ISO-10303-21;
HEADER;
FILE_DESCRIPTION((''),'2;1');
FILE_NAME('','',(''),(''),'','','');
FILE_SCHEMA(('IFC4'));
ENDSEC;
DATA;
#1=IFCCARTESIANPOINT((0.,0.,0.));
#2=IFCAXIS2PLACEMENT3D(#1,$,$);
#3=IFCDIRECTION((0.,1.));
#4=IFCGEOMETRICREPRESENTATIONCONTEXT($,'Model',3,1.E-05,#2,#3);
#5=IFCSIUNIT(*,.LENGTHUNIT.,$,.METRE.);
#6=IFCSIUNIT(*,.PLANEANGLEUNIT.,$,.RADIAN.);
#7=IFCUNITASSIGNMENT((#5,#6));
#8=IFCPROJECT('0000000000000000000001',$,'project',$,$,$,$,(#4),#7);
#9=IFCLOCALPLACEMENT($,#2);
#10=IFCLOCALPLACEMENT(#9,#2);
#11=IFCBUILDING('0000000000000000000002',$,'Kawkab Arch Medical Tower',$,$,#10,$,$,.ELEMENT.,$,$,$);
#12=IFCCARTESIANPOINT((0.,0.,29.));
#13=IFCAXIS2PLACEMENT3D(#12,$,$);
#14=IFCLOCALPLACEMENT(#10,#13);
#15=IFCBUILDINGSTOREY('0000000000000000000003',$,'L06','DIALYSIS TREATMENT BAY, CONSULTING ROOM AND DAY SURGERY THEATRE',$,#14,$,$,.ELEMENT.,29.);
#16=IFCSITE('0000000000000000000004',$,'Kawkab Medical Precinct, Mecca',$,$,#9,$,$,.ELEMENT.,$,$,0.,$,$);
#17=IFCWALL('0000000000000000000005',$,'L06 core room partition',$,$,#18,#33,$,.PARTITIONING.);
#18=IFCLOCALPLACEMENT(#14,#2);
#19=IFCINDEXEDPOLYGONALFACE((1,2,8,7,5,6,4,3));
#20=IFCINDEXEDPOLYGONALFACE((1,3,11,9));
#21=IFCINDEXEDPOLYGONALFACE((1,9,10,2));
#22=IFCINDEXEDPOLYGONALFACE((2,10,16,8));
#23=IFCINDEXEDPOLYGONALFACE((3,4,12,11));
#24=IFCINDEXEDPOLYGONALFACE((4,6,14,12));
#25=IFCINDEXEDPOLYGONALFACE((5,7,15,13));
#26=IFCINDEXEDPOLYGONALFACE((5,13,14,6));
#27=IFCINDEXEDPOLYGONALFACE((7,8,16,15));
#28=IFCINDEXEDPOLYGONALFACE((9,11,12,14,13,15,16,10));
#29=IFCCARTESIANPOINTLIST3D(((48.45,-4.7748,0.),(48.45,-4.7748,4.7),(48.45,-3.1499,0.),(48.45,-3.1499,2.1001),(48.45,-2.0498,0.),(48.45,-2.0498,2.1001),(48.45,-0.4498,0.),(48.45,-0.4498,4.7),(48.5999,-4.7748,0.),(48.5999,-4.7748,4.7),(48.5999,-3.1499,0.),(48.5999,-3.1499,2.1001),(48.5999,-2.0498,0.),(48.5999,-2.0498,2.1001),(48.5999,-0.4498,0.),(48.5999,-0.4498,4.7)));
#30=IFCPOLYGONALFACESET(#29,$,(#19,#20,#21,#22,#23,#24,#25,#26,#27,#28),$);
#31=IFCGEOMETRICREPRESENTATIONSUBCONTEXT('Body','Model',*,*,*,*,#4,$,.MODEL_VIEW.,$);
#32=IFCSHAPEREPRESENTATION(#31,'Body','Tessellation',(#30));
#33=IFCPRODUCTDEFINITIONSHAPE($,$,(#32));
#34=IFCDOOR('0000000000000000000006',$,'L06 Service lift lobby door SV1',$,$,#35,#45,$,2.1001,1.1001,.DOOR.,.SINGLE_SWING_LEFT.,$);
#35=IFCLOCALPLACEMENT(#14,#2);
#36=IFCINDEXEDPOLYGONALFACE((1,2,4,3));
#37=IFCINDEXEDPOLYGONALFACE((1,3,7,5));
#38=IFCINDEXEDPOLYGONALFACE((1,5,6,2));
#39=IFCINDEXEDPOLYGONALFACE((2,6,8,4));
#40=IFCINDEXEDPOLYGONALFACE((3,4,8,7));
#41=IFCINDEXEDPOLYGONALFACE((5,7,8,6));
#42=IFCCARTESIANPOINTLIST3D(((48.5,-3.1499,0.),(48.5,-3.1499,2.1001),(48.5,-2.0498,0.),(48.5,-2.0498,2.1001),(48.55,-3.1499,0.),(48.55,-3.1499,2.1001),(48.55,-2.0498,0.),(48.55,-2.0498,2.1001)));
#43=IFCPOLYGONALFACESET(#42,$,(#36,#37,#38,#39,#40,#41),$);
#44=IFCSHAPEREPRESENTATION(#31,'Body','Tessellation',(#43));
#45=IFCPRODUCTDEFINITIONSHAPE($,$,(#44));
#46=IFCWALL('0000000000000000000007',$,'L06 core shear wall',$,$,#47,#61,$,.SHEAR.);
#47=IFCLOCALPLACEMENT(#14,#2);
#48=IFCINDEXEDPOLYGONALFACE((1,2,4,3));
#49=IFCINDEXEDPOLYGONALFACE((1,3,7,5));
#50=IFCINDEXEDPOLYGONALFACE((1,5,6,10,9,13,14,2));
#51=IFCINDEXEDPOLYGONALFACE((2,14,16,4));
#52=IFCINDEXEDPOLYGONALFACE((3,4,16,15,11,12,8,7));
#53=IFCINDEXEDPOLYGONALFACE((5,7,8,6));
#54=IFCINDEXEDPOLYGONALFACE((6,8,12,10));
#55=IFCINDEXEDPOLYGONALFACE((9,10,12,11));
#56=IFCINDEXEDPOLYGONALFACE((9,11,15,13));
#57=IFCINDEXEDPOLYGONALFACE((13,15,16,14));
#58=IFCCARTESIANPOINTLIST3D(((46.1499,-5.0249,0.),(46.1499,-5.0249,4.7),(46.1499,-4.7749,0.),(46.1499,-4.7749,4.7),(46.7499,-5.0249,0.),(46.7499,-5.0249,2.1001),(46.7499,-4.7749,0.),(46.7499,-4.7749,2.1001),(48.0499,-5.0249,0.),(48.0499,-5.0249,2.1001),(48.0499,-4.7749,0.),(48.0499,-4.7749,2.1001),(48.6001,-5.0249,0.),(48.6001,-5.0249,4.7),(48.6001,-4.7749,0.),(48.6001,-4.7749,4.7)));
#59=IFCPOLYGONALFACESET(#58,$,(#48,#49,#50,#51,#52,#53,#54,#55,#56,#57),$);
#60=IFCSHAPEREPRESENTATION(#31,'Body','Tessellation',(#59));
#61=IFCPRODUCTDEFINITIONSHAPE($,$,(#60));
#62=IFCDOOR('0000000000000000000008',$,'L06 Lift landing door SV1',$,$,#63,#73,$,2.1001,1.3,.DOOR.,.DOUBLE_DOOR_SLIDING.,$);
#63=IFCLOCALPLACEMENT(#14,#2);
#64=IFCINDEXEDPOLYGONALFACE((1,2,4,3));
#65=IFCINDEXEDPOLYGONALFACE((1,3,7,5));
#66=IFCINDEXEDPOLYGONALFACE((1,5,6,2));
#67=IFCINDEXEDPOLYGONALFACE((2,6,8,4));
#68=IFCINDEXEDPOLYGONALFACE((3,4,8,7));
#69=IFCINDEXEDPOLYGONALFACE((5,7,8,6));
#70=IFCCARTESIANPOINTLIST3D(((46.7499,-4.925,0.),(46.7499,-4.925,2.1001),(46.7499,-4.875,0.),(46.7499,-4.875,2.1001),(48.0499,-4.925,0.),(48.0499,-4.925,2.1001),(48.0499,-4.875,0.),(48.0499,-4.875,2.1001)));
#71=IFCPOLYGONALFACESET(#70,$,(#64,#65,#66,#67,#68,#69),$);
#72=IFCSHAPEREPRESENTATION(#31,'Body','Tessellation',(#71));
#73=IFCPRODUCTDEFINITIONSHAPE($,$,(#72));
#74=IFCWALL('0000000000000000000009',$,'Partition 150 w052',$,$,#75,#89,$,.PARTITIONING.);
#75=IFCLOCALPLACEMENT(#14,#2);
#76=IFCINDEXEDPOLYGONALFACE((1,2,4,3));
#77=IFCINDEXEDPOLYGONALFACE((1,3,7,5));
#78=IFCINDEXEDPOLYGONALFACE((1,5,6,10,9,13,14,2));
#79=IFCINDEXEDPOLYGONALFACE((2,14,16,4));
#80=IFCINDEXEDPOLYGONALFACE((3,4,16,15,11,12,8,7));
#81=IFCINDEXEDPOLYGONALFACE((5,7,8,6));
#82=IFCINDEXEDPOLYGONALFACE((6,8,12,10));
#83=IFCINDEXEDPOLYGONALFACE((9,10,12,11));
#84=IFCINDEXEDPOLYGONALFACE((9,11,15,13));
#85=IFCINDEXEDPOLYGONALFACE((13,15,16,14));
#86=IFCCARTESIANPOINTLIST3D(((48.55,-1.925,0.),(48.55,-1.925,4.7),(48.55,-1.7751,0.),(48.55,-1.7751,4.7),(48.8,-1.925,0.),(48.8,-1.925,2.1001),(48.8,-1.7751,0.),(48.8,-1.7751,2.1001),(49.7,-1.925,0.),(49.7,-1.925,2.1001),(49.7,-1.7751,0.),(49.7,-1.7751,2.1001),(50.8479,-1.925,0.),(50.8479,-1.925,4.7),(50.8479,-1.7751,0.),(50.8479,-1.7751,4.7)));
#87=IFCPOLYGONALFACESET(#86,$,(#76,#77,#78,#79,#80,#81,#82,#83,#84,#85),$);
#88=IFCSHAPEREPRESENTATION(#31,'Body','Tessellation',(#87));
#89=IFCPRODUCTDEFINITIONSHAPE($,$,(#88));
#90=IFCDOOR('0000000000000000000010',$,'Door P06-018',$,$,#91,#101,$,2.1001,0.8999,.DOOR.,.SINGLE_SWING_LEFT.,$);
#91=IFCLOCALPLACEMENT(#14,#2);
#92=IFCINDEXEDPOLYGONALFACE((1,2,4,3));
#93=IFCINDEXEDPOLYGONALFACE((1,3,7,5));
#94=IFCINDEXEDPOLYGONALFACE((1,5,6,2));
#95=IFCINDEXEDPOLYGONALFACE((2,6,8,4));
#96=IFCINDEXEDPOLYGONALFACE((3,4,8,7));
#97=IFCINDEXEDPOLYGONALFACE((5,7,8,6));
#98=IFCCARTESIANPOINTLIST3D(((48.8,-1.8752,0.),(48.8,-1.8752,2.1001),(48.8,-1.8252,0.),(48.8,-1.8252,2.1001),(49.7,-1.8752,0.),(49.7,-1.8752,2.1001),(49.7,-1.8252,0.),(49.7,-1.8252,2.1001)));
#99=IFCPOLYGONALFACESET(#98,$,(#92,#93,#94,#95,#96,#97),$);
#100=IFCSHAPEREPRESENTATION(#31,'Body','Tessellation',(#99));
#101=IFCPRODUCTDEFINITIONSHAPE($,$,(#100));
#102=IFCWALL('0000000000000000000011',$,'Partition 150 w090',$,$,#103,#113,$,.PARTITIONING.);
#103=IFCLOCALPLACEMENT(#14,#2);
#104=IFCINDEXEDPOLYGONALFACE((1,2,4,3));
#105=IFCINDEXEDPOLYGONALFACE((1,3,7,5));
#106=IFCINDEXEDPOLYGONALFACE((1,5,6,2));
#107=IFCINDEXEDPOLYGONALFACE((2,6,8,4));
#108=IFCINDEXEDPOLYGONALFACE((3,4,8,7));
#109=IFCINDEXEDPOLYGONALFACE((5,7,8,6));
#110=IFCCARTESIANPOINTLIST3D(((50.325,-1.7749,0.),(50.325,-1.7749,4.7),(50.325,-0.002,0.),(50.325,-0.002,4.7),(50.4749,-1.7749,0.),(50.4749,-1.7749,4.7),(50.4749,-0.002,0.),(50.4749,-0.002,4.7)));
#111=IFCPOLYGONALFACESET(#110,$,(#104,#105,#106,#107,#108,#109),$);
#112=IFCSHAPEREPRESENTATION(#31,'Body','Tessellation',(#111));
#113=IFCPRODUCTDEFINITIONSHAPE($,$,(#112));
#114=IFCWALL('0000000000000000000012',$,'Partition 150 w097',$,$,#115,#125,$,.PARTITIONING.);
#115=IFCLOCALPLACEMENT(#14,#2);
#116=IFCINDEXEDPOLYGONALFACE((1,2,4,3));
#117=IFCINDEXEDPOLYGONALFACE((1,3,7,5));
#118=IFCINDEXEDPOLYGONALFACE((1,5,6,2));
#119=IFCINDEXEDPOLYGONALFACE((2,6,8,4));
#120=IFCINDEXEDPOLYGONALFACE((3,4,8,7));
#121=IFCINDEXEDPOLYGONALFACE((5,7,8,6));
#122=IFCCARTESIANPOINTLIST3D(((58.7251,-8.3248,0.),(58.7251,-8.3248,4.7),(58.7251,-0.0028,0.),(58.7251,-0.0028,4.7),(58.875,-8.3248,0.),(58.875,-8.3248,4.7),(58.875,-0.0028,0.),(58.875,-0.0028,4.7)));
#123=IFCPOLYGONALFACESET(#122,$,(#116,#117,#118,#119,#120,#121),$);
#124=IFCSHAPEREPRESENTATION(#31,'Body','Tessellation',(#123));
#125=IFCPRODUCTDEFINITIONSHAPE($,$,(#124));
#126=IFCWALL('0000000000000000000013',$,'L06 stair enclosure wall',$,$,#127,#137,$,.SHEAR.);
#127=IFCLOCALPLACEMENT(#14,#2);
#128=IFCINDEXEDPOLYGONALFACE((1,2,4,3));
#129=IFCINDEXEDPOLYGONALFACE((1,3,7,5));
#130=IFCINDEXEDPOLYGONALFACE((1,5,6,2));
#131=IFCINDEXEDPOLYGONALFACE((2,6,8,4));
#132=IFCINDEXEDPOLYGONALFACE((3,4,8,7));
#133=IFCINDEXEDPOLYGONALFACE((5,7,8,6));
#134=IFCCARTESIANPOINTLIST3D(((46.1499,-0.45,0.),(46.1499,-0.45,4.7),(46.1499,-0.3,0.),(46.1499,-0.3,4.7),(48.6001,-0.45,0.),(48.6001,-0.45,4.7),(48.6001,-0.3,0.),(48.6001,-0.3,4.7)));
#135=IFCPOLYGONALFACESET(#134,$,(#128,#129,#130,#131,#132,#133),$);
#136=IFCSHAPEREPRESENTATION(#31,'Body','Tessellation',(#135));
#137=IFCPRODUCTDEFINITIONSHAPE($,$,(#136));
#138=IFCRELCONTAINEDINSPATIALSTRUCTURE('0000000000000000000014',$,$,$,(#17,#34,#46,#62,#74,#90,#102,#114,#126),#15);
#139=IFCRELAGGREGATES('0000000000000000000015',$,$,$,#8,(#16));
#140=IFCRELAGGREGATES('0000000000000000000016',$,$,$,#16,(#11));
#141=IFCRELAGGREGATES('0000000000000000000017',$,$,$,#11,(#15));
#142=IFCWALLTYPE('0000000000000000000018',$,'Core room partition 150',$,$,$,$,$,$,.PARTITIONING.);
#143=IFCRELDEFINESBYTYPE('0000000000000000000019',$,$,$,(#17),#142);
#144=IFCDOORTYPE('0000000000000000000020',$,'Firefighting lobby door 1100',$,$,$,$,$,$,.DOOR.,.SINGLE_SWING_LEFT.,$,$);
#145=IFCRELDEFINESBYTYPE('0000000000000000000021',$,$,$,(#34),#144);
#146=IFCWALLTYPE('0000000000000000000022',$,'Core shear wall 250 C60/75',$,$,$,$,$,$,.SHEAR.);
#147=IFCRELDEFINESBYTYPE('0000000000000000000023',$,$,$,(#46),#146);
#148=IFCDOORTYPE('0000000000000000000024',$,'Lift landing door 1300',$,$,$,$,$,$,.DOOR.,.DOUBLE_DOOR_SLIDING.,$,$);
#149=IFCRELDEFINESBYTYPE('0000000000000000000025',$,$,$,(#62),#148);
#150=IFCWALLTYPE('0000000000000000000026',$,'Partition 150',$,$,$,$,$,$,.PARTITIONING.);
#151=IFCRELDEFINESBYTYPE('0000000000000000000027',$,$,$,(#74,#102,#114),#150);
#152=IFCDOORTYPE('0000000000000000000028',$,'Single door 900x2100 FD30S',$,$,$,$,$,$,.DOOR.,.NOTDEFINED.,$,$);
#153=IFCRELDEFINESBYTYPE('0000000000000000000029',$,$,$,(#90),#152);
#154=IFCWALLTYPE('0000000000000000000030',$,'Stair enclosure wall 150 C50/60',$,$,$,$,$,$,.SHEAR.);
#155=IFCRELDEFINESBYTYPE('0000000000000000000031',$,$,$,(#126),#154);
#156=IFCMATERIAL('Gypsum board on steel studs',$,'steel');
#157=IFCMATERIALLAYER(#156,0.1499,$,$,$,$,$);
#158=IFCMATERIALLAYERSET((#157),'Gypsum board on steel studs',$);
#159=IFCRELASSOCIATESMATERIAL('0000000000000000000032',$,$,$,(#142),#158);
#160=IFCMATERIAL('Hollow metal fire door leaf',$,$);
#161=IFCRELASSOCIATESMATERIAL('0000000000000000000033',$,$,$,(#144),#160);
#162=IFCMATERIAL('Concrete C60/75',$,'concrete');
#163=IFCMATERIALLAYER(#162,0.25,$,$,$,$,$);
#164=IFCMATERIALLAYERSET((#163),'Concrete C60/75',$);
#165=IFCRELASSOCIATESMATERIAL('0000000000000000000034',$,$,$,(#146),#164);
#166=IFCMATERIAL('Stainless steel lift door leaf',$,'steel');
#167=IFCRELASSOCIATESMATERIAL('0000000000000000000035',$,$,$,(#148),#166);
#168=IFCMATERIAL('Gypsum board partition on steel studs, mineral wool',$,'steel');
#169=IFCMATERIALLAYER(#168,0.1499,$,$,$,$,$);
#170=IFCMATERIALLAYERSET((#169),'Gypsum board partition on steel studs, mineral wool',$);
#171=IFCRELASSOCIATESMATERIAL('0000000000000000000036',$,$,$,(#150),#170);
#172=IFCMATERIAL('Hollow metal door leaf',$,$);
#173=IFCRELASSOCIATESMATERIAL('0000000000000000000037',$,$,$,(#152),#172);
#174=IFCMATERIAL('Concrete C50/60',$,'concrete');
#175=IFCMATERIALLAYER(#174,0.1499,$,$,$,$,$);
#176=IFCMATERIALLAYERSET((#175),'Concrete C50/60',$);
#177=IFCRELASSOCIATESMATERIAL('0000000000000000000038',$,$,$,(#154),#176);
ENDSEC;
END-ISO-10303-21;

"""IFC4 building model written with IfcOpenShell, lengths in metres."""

from ifc_helpers import new_model, si_unit, direction, frame, frame_2d, origin, place, context, subcontext, project, spatial, rectangle, extrude, material, layer, layer_set, type_object, element, fill, save


model = new_model("IFC4")

# Units and contexts
model_context = context("Model", 3, precision=1e-05, world=origin(), true_north=direction((0.0, 1.0)))
body_context = subcontext(model_context, "Body", "Model", "MODEL_VIEW")
ifc_project = project(units=[si_unit("LENGTHUNIT", "METRE"), si_unit("PLANEANGLEUNIT", "RADIAN")], contexts=[model_context])

# Site, building, storey
site_placement = place(None, origin())
site = spatial("IfcSite", under=ifc_project, at=site_placement, Name="Kawkab Medical Precinct, Mecca", CompositionType="ELEMENT", RefElevation=0.0)
building_placement = place(site_placement, origin())
building = spatial("IfcBuilding", under=site, at=building_placement, Name="Kawkab Arch Medical Tower", CompositionType="ELEMENT")
storey_placement = place(building_placement, frame((0.0, 0.0, 29.0)))
storey = spatial("IfcBuildingStorey", under=building, at=storey_placement, Name="L06", Description="DIALYSIS TREATMENT BAY, CONSULTING ROOM AND DAY SURGERY THEATRE", CompositionType="ELEMENT", Elevation=29.0)

# Walls, openings, doors
ifc_material_1 = material(Name="Gypsum board on steel studs", Category="steel")
ifc_layer_1 = layer(ifc_material_1, 0.1499)
ifc_layer_set_1 = layer_set([ifc_layer_1], Name="Gypsum board on steel studs")
wall_type_1 = type_object("IfcWallType", Name="Core room partition 150", PredefinedType="PARTITIONING", material=ifc_layer_set_1)
wall_1_placement = place(storey_placement, frame((48.5249, -4.7749, 0.0), z_axis=(0.0, 0.0, 1.0), x_axis=(0.0, 1.0, 0.0)))
wall_1 = element("IfcWall", 1, at=wall_1_placement, inside=storey, type_object=wall_type_1, Name="L06 core room partition", PredefinedType="PARTITIONING", context=body_context, shape_type="SweptSolid", body=[
    extrude(rectangle(XDim=4.325, YDim=0.1499, at=frame_2d((2.1626, 0.0))), origin(), (0.0, 0.0, 1.0), 4.7),
])
opening_1_placement = place(wall_1_placement, frame((1.625, 0.0, 0.0)))
opening_1 = element("IfcOpeningElement", 2, at=opening_1_placement, cuts=wall_1, PredefinedType="OPENING", context=body_context, shape_type="SweptSolid", body=[
    extrude(rectangle(XDim=1.1001, YDim=2.1001, at=frame_2d((0.55, 1.05))), frame((0.0, 0.085, 0.0), z_axis=(0.0, -1.0, 0.0), x_axis=(1.0, 0.0, 0.0)), (0.0, 0.0, 1.0), 0.1699),
])
ifc_material_2 = material(Name="Hollow metal fire door leaf")
door_type_1 = type_object("IfcDoorType", Name="Firefighting lobby door 1100", OperationType="SINGLE_SWING_LEFT", PredefinedType="DOOR", material=ifc_material_2)
door_1_placement = place(opening_1_placement, origin())
door_1 = element("IfcDoor", 3, at=door_1_placement, inside=storey, type_object=door_type_1, Name="L06 Service lift lobby door SV1", OperationType="SINGLE_SWING_LEFT", OverallHeight=2.1001, OverallWidth=1.1001, PredefinedType="DOOR", context=body_context, shape_type="SweptSolid", body=[
    extrude(rectangle(XDim=1.1001, YDim=2.1001, at=frame_2d((0.55, 1.05))), frame((0.0, 0.0249, 0.0), z_axis=(0.0, -1.0, 0.0), x_axis=(1.0, 0.0, 0.0)), (0.0, 0.0, 1.0), 0.05),
])
fill(opening_1, door_1)
ifc_material_3 = material(Name="Concrete C60/75", Category="concrete")
ifc_layer_2 = layer(ifc_material_3, 0.25)
ifc_layer_set_2 = layer_set([ifc_layer_2], Name="Concrete C60/75")
wall_type_2 = type_object("IfcWallType", Name="Core shear wall 250 C60/75", PredefinedType="SHEAR", material=ifc_layer_set_2)
wall_2_placement = place(storey_placement, frame((46.1499, -4.8999, 0.0), z_axis=(0.0, 0.0, 1.0), x_axis=(1.0, 0.0, 0.0)))
wall_2 = element("IfcWall", 4, at=wall_2_placement, inside=storey, type_object=wall_type_2, Name="L06 core shear wall", PredefinedType="SHEAR", context=body_context, shape_type="SweptSolid", body=[
    extrude(rectangle(XDim=2.4502, YDim=0.25, at=frame_2d((1.2251, 0.0))), origin(), (0.0, 0.0, 1.0), 4.7),
])
opening_2_placement = place(wall_2_placement, frame((0.6001, 0.0, 0.0)))
opening_2 = element("IfcOpeningElement", 5, at=opening_2_placement, cuts=wall_2, PredefinedType="OPENING", context=body_context, shape_type="SweptSolid", body=[
    extrude(rectangle(XDim=1.3, YDim=2.1001, at=frame_2d((0.6499, 1.05))), frame((0.0, 0.135, 0.0), z_axis=(0.0, -1.0, 0.0), x_axis=(1.0, 0.0, 0.0)), (0.0, 0.0, 1.0), 0.27),
])
ifc_material_4 = material(Name="Stainless steel lift door leaf", Category="steel")
door_type_2 = type_object("IfcDoorType", Name="Lift landing door 1300", OperationType="DOUBLE_DOOR_SLIDING", PredefinedType="DOOR", material=ifc_material_4)
door_2_placement = place(opening_2_placement, origin())
door_2 = element("IfcDoor", 6, at=door_2_placement, inside=storey, type_object=door_type_2, Name="L06 Lift landing door SV1", OperationType="DOUBLE_DOOR_SLIDING", OverallHeight=2.1001, OverallWidth=1.3, PredefinedType="DOOR", context=body_context, shape_type="SweptSolid", body=[
    extrude(rectangle(XDim=1.3, YDim=2.1001, at=frame_2d((0.6499, 1.05))), frame((0.0, 0.0249, 0.0), z_axis=(0.0, -1.0, 0.0), x_axis=(1.0, 0.0, 0.0)), (0.0, 0.0, 1.0), 0.05),
])
fill(opening_2, door_2)
ifc_material_5 = material(Name="Gypsum board partition on steel studs, mineral wool", Category="steel")
ifc_layer_3 = layer(ifc_material_5, 0.1499)
ifc_layer_set_3 = layer_set([ifc_layer_3], Name="Gypsum board partition on steel studs, mineral wool")
wall_type_3 = type_object("IfcWallType", Name="Partition 150", PredefinedType="PARTITIONING", material=ifc_layer_set_3)
wall_3_placement = place(storey_placement, frame((48.55, -1.8501, 0.0), z_axis=(0.0, 0.0, 1.0), x_axis=(1.0, 0.0, 0.0)))
wall_3 = element("IfcWall", 7, at=wall_3_placement, inside=storey, type_object=wall_type_3, Name="Partition 150 w052", PredefinedType="PARTITIONING", context=body_context, shape_type="SweptSolid", body=[
    extrude(rectangle(XDim=2.2979, YDim=0.1499, at=frame_2d((1.1489, 0.0))), origin(), (0.0, 0.0, 1.0), 4.7),
])
opening_3_placement = place(wall_3_placement, frame((0.25, 0.0, 0.0)))
opening_3 = element("IfcOpeningElement", 8, at=opening_3_placement, cuts=wall_3, PredefinedType="OPENING", context=body_context, shape_type="SweptSolid", body=[
    extrude(rectangle(XDim=0.8999, YDim=2.1001, at=frame_2d((0.45, 1.05))), frame((0.0, 0.085, 0.0), z_axis=(0.0, -1.0, 0.0), x_axis=(1.0, 0.0, 0.0)), (0.0, 0.0, 1.0), 0.1699),
])
ifc_material_6 = material(Name="Hollow metal door leaf")
door_type_3 = type_object("IfcDoorType", Name="Single door 900x2100 FD30S", OperationType="NOTDEFINED", PredefinedType="DOOR", material=ifc_material_6)
door_3_placement = place(opening_3_placement, origin())
door_3 = element("IfcDoor", 9, at=door_3_placement, inside=storey, type_object=door_type_3, Name="Door P06-018", OperationType="SINGLE_SWING_LEFT", OverallHeight=2.1001, OverallWidth=0.8999, PredefinedType="DOOR", context=body_context, shape_type="SweptSolid", body=[
    extrude(rectangle(XDim=0.8999, YDim=2.1001, at=frame_2d((0.45, 1.05))), frame((0.0, 0.0249, 0.0), z_axis=(0.0, -1.0, 0.0), x_axis=(1.0, 0.0, 0.0)), (0.0, 0.0, 1.0), 0.05),
])
fill(opening_3, door_3)

# Walls
wall_4_placement = place(storey_placement, frame((50.3999, -1.7749, 0.0), z_axis=(0.0, 0.0, 1.0), x_axis=(0.0, 1.0, 0.0)))
element("IfcWall", 10, at=wall_4_placement, inside=storey, type_object=wall_type_3, Name="Partition 150 w090", PredefinedType="PARTITIONING", context=body_context, shape_type="SweptSolid", body=[
    extrude(rectangle(XDim=1.7729, YDim=0.1499, at=frame_2d((0.8865, 0.0))), origin(), (0.0, 0.0, 1.0), 4.7),
])
wall_5_placement = place(storey_placement, frame((58.8, -8.325, 0.0), z_axis=(0.0, 0.0, 1.0), x_axis=(0.0, 1.0, 0.0)))
element("IfcWall", 11, at=wall_5_placement, inside=storey, type_object=wall_type_3, Name="Partition 150 w097", PredefinedType="PARTITIONING", context=body_context, shape_type="SweptSolid", body=[
    extrude(rectangle(XDim=8.322, YDim=0.1499, at=frame_2d((4.1611, 0.0))), origin(), (0.0, 0.0, 1.0), 4.7),
])
ifc_material_7 = material(Name="Concrete C50/60", Category="concrete")
ifc_layer_4 = layer(ifc_material_7, 0.1499)
ifc_layer_set_4 = layer_set([ifc_layer_4], Name="Concrete C50/60")
wall_type_4 = type_object("IfcWallType", Name="Stair enclosure wall 150 C50/60", PredefinedType="SHEAR", material=ifc_layer_set_4)
wall_6_placement = place(storey_placement, frame((46.1499, -0.375, 0.0), z_axis=(0.0, 0.0, 1.0), x_axis=(1.0, 0.0, 0.0)))
element("IfcWall", 12, at=wall_6_placement, inside=storey, type_object=wall_type_4, Name="L06 stair enclosure wall", PredefinedType="SHEAR", context=body_context, shape_type="SweptSolid", body=[
    extrude(rectangle(XDim=2.4502, YDim=0.1499, at=frame_2d((1.2251, 0.0))), origin(), (0.0, 0.0, 1.0), 4.7),
])

save(model, "model.ifc")
